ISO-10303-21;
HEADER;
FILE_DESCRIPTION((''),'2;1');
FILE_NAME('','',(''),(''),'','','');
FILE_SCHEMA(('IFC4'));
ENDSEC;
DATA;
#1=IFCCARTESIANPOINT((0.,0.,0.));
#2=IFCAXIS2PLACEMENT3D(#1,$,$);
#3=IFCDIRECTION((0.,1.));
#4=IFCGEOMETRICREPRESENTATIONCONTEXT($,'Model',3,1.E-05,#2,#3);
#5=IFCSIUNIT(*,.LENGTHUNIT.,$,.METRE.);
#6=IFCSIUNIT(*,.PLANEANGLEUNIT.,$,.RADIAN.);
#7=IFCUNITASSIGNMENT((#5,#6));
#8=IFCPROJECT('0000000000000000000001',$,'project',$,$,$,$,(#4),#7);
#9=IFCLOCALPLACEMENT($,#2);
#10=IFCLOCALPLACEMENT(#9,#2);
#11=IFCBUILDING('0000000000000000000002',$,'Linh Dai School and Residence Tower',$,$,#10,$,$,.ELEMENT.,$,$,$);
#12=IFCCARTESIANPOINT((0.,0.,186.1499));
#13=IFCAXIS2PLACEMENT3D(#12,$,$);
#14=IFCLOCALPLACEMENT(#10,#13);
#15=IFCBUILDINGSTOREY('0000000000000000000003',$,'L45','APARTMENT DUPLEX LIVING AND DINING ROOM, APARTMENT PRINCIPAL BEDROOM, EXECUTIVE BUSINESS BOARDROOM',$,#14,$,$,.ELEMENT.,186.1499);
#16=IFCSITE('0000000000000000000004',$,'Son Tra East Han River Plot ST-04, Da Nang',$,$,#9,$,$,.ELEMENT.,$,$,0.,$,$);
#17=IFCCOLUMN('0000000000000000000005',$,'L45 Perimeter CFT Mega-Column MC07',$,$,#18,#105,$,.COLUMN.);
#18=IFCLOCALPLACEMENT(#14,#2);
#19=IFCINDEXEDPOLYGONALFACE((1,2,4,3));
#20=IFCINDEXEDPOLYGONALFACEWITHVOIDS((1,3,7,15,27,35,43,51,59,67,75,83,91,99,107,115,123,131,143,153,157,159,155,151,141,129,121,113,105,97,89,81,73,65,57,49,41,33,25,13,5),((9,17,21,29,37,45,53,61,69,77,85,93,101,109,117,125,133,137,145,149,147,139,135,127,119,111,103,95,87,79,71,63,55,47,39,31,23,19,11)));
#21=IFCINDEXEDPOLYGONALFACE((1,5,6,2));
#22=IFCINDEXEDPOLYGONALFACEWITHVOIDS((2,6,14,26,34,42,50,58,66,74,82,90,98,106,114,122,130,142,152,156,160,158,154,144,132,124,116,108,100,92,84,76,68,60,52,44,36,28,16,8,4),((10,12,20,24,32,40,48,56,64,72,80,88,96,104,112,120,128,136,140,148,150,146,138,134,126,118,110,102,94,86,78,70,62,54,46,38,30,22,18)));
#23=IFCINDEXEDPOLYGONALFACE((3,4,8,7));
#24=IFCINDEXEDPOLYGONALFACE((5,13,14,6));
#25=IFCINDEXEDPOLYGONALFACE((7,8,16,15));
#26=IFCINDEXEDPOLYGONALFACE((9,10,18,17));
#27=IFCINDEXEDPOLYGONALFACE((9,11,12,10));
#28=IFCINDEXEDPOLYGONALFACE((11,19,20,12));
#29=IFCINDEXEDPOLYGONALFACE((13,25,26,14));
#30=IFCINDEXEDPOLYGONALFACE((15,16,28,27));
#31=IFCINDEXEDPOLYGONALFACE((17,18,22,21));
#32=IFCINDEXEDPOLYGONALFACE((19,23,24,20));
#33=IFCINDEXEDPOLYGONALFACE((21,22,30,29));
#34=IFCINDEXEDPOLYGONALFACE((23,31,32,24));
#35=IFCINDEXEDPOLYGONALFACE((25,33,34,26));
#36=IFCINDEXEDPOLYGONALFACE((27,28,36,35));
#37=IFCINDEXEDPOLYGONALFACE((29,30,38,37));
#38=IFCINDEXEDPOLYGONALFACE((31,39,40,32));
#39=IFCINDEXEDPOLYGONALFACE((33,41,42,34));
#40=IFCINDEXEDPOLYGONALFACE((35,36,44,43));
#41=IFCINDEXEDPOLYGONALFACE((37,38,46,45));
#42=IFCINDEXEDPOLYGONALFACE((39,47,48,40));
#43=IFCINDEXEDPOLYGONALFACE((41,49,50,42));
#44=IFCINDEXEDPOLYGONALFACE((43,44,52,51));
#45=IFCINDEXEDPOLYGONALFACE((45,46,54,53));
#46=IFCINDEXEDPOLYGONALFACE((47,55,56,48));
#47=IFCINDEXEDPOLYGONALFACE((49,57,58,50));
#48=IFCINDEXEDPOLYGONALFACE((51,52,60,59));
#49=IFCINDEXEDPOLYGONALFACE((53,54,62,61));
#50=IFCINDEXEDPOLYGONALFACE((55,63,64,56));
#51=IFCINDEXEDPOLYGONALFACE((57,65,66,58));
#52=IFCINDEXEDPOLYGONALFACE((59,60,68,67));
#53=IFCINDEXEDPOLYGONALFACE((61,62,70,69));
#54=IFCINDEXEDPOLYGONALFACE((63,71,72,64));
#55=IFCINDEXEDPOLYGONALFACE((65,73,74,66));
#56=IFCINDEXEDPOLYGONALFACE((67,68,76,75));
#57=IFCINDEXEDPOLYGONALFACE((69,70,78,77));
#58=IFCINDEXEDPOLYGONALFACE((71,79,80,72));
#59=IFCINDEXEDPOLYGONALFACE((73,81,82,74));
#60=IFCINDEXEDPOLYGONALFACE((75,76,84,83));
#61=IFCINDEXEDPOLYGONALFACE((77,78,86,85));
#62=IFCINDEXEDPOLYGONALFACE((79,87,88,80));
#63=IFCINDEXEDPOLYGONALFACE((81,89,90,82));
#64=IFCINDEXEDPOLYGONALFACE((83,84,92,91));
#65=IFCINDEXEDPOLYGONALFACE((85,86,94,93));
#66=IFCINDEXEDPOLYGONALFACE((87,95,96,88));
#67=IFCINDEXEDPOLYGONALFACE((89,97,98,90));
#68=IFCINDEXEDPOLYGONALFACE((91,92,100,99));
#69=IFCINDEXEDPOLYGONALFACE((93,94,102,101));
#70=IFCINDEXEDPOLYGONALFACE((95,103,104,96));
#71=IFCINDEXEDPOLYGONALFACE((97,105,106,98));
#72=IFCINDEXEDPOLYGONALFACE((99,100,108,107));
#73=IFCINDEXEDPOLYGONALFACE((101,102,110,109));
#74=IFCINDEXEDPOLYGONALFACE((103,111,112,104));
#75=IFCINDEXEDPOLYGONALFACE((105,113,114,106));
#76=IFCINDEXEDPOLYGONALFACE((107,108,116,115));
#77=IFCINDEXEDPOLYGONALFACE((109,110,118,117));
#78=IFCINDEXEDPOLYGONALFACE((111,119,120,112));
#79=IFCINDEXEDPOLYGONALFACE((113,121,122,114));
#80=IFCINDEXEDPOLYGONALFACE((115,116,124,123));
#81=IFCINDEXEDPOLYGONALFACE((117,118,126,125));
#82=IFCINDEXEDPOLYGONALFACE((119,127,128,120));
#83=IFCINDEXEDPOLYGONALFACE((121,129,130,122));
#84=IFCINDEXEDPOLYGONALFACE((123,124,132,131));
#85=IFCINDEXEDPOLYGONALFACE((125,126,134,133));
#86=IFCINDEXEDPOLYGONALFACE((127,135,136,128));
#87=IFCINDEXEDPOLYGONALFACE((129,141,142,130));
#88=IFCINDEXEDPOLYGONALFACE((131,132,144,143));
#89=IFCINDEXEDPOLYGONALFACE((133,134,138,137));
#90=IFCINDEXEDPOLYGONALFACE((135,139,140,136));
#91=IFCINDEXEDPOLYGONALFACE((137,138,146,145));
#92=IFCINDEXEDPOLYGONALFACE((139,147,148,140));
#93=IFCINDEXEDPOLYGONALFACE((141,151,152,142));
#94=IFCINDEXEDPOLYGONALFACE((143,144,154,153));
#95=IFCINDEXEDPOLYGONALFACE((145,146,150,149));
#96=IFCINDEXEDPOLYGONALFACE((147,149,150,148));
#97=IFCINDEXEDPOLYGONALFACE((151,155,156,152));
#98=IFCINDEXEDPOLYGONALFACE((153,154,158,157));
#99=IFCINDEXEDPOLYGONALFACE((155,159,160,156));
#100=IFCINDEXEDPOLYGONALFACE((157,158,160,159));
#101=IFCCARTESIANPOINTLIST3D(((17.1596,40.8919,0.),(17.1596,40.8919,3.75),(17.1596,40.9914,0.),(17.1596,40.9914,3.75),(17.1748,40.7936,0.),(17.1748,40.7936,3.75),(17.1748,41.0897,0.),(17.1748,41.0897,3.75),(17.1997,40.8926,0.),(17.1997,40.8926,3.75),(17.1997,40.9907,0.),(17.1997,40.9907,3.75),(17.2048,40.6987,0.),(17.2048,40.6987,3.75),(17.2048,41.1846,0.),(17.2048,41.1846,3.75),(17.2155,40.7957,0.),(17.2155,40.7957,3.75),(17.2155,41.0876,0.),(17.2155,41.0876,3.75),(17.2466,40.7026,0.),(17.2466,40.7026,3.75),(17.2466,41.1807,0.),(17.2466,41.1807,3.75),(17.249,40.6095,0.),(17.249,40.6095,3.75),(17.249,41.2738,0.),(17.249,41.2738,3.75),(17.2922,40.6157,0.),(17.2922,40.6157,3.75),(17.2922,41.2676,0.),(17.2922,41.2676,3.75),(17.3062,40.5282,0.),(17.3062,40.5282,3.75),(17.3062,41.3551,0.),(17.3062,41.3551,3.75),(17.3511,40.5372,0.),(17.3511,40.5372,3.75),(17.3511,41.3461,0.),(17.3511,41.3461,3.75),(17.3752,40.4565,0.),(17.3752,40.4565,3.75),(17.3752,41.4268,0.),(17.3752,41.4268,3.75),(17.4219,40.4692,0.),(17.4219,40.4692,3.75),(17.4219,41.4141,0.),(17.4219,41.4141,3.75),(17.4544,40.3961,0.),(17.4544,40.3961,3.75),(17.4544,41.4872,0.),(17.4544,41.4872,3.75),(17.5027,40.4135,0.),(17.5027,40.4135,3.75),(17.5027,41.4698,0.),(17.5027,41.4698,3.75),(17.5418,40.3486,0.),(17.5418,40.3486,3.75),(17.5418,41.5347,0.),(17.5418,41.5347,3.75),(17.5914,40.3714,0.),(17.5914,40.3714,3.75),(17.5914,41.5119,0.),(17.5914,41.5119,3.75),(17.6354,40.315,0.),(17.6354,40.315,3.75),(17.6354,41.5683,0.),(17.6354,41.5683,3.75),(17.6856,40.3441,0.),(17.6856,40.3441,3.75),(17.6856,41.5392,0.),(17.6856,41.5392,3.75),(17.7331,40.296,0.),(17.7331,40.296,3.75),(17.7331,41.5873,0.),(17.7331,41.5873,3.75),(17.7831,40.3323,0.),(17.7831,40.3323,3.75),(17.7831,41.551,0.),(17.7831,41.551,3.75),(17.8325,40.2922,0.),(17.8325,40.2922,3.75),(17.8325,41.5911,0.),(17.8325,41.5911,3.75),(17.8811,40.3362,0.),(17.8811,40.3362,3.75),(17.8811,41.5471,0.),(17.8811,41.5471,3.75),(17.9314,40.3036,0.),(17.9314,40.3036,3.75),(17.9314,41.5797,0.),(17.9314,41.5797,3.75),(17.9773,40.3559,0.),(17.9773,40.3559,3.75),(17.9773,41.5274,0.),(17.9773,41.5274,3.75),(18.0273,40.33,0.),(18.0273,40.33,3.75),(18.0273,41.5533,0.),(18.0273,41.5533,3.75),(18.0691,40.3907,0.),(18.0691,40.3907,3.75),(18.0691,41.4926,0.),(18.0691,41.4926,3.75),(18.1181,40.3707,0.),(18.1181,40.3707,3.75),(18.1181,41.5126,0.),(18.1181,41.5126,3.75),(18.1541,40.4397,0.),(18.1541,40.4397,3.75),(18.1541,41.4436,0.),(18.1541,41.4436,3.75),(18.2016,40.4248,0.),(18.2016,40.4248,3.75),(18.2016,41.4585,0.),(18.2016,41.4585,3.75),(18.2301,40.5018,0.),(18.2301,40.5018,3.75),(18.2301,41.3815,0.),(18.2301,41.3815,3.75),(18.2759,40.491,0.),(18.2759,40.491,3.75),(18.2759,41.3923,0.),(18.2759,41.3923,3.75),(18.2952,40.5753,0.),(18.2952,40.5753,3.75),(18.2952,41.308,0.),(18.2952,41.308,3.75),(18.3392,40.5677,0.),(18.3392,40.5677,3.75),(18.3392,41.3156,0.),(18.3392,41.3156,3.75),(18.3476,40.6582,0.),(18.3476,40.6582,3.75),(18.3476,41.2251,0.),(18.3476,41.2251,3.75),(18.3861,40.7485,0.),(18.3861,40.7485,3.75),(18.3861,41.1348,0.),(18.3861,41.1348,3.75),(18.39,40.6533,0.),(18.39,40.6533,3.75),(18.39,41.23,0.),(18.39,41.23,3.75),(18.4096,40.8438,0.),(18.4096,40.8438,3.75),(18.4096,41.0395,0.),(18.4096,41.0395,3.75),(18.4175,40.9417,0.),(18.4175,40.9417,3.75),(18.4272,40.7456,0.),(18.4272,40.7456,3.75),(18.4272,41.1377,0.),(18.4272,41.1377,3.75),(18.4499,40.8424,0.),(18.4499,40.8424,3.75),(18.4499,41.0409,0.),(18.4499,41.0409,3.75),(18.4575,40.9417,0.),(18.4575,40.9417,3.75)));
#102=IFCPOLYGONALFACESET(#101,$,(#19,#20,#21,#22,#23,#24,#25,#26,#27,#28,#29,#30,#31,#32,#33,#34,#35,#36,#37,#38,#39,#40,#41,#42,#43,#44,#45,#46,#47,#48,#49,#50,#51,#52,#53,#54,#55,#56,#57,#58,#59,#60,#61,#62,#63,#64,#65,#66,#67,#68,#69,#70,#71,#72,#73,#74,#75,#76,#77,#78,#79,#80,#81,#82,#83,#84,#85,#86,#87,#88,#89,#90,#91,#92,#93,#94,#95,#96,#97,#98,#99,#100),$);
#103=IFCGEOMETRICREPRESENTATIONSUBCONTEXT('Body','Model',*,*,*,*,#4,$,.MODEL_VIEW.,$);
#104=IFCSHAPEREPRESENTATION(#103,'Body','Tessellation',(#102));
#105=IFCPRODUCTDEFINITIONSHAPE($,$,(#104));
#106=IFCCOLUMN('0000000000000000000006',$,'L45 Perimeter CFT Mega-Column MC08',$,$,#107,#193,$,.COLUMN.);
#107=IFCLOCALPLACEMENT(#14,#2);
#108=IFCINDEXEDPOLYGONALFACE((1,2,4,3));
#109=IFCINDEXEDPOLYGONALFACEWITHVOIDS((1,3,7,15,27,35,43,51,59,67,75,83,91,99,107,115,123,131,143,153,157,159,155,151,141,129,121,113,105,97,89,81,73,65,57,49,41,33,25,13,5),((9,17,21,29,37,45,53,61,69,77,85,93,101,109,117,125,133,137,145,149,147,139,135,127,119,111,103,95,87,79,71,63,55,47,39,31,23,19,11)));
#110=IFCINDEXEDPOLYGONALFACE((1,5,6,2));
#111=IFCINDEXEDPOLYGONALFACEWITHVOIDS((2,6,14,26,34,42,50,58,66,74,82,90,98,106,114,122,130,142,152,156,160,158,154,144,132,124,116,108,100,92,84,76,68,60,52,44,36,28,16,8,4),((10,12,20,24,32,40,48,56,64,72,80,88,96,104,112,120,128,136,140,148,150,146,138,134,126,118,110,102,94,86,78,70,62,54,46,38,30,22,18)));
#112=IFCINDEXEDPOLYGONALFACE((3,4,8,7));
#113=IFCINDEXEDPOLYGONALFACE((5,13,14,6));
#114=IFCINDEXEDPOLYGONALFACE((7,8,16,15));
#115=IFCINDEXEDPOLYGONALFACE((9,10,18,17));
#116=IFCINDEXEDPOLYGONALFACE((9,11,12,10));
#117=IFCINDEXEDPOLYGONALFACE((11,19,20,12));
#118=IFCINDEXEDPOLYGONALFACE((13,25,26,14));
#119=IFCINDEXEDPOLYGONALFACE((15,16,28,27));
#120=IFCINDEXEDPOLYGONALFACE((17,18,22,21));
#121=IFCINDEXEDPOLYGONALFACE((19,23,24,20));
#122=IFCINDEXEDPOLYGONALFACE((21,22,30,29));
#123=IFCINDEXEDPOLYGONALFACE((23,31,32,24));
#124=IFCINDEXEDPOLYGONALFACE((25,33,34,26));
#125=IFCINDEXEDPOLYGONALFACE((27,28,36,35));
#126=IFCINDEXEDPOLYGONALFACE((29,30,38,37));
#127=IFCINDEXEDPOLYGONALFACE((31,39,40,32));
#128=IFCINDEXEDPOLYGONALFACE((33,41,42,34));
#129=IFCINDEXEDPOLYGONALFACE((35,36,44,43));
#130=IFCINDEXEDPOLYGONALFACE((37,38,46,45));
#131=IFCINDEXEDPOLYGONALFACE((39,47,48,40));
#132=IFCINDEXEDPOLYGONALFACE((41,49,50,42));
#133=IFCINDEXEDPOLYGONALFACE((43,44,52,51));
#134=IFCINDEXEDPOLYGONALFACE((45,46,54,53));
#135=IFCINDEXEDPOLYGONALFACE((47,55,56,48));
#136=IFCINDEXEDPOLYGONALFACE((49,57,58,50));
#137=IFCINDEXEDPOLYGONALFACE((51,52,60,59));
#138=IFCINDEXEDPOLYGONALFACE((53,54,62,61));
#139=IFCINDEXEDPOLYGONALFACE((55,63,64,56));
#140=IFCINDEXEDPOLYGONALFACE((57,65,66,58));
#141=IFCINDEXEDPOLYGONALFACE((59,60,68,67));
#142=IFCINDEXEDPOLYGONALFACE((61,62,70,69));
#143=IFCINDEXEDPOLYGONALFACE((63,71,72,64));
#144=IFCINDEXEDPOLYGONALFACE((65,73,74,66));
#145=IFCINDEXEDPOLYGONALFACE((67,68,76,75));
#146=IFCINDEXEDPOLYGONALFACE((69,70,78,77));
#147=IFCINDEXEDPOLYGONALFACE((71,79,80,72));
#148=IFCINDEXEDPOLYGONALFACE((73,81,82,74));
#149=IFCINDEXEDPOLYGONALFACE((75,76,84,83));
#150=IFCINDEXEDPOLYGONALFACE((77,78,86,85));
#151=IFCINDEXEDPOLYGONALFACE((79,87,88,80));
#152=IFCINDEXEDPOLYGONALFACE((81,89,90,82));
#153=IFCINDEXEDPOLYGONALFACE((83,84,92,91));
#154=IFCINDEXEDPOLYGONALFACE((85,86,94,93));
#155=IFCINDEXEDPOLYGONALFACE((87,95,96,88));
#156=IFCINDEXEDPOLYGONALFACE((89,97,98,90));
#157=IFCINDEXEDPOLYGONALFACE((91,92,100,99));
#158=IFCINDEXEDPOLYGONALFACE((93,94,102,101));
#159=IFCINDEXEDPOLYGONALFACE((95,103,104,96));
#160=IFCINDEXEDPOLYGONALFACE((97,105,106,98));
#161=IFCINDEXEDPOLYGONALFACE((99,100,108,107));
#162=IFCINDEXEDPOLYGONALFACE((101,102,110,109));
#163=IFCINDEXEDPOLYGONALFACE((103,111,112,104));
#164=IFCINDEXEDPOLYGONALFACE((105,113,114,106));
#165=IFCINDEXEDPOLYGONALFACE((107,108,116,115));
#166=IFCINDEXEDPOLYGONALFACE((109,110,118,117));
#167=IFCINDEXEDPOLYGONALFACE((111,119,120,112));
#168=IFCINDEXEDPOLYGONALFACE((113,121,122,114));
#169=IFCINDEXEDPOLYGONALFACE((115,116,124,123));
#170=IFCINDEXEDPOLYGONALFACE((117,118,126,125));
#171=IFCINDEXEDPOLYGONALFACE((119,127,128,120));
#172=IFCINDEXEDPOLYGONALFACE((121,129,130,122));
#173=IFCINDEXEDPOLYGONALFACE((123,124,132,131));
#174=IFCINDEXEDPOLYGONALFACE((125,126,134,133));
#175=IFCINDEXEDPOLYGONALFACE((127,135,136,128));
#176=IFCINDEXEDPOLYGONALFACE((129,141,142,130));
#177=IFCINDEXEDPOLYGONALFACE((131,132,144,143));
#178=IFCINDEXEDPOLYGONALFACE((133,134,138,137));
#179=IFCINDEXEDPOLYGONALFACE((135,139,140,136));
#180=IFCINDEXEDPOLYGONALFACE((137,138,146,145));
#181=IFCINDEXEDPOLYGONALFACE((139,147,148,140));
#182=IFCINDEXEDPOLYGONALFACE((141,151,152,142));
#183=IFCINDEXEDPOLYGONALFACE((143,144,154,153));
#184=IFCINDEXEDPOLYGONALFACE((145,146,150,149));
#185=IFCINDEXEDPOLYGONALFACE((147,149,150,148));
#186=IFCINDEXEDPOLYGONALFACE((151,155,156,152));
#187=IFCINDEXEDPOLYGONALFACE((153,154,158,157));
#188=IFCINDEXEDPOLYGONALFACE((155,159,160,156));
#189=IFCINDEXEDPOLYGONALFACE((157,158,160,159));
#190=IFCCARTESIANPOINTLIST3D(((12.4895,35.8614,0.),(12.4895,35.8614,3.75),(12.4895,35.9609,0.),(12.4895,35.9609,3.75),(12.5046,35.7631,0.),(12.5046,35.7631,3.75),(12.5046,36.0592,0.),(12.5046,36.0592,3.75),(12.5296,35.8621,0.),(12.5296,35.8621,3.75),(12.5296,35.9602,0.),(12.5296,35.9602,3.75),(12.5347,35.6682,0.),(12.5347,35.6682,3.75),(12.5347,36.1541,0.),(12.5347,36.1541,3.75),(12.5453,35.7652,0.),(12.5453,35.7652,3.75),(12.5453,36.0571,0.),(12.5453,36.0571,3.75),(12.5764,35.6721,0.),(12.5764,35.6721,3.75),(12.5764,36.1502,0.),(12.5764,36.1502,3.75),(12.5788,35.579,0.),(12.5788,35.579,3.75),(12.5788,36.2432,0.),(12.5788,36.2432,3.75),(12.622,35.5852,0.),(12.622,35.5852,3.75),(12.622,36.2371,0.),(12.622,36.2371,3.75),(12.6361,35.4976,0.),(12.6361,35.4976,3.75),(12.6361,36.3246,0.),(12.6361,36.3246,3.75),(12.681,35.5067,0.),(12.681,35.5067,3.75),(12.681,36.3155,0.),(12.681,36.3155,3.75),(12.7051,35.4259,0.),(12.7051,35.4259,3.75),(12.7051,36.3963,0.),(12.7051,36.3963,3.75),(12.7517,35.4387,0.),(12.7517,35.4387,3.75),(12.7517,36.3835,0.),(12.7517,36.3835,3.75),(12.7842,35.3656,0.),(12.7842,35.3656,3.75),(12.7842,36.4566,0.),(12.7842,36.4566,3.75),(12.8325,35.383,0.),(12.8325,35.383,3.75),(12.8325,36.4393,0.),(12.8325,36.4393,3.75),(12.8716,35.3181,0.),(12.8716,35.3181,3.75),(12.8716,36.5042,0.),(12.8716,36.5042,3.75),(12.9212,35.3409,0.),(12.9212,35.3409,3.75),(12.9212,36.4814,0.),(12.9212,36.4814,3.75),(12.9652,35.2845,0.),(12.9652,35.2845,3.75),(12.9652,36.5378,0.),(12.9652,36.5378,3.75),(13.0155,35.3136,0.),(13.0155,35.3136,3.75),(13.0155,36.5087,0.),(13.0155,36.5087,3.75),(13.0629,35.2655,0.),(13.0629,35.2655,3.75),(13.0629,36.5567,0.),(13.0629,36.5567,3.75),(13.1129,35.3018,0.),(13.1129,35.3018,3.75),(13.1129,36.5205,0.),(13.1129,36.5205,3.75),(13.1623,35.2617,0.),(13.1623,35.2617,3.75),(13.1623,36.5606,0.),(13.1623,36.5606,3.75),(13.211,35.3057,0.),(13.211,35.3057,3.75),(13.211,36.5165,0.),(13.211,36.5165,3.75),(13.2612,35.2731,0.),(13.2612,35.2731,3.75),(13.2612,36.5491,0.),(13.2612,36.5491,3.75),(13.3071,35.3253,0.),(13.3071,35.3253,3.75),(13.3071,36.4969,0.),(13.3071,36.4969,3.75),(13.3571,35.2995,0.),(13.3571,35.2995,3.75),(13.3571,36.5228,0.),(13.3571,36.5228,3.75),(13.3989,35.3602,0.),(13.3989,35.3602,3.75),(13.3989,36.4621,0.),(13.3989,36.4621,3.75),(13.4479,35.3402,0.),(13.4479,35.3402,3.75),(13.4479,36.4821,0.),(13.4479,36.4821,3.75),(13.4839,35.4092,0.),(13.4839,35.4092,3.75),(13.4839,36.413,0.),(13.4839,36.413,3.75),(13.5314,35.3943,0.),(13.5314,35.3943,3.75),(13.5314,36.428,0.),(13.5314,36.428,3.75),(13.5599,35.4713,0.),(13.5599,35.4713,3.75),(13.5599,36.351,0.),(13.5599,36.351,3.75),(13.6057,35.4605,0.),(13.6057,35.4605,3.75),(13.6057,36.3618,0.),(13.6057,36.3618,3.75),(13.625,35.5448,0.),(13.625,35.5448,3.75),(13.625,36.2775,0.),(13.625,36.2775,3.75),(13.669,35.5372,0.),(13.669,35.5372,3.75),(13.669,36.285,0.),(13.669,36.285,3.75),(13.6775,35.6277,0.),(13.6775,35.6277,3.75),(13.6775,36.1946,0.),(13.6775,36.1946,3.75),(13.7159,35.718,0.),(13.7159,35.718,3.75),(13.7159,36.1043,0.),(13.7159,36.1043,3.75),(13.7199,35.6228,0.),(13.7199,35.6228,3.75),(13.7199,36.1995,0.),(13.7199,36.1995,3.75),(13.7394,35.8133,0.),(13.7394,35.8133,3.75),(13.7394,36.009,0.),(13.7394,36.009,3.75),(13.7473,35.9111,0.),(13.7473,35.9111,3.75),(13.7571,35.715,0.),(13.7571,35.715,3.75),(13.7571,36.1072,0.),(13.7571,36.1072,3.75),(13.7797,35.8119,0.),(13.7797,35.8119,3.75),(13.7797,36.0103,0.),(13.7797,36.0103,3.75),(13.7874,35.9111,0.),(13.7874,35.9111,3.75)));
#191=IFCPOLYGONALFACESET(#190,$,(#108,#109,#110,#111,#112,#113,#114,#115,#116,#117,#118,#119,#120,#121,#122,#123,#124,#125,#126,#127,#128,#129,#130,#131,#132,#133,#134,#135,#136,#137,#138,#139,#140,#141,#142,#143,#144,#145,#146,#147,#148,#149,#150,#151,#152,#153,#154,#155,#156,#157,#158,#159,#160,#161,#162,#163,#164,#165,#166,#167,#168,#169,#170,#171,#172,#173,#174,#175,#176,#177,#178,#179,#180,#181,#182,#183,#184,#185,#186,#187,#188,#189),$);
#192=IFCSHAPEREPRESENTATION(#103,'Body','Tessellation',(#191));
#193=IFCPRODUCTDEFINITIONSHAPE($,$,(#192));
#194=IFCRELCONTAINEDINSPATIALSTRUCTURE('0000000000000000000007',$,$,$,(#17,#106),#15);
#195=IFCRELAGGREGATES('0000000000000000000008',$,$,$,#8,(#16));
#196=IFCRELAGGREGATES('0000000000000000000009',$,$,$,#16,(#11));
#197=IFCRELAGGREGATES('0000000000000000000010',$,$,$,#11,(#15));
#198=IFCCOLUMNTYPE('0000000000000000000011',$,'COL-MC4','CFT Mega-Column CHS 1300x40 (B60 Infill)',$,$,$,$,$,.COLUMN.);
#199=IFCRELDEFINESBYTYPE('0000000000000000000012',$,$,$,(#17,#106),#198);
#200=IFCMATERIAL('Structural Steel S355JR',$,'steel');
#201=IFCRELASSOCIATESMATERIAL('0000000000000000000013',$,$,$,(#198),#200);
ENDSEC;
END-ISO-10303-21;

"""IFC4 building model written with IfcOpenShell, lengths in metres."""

from ifc_helpers import new_model, si_unit, direction, frame, origin, origin_2d, place, context, subcontext, project, spatial, hollow_circle, extrude, material, material_profile, profile_set, type_object, element, save


model = new_model("IFC4")

# Units and contexts
model_context = context("Model", 3, precision=1e-05, world=origin(), true_north=direction((0.0, 1.0)))
body_context = subcontext(model_context, "Body", "Model", "MODEL_VIEW")
ifc_project = project(units=[si_unit("LENGTHUNIT", "METRE"), si_unit("PLANEANGLEUNIT", "RADIAN")], contexts=[model_context])

# Site, building, storey
site_placement = place(None, origin())
site = spatial("IfcSite", under=ifc_project, at=site_placement, Name="Son Tra East Han River Plot ST-04, Da Nang", CompositionType="ELEMENT", RefElevation=0.0)
building_placement = place(site_placement, origin())
building = spatial("IfcBuilding", under=site, at=building_placement, Name="Linh Dai School and Residence Tower", CompositionType="ELEMENT")
storey_placement = place(building_placement, frame((0.0, 0.0, 186.1499)))
storey = spatial("IfcBuildingStorey", under=building, at=storey_placement, Name="L45", Description="APARTMENT DUPLEX LIVING AND DINING ROOM, APARTMENT PRINCIPAL BEDROOM, EXECUTIVE BUSINESS BOARDROOM", CompositionType="ELEMENT", Elevation=186.1499)

# Columns
ifc_material_1 = material(Name="Structural Steel S355JR", Category="steel")
ifc_material_profile_1 = material_profile(ifc_material_1, hollow_circle(Radius=0.6499, WallThickness=0.04, at=origin_2d()), Name="CHS 1300x40")
ifc_profile_set_1 = profile_set([ifc_material_profile_1], Name="Structural Steel S355JR")
column_type = type_object("IfcColumnType", Name="COL-MC4", Description="CFT Mega-Column CHS 1300x40 (B60 Infill)", PredefinedType="COLUMN", material=ifc_profile_set_1)
for number, where, z_axis, x_axis, name in (
    (1, (17.8076, 40.9417, 0.0), (0.0, 0.0, 1.0), (1.0, 0.0, 0.0), "L45 Perimeter CFT Mega-Column MC07"),
    (2, (13.1375, 35.9111, 0.0), (0.0, 0.0, 1.0), (1.0, 0.0, 0.0), "L45 Perimeter CFT Mega-Column MC08"),
):
    element("IfcColumn", number, at=place(storey_placement, frame(where, z_axis=z_axis, x_axis=x_axis)), inside=storey, type_object=column_type, Name=name, PredefinedType="COLUMN", context=body_context, shape_type="SweptSolid", body=[
        extrude(hollow_circle(Radius=0.6499, WallThickness=0.04, at=origin_2d()), origin(), (0.0, 0.0, 1.0), 3.75),
    ])

save(model, "model.ifc")
